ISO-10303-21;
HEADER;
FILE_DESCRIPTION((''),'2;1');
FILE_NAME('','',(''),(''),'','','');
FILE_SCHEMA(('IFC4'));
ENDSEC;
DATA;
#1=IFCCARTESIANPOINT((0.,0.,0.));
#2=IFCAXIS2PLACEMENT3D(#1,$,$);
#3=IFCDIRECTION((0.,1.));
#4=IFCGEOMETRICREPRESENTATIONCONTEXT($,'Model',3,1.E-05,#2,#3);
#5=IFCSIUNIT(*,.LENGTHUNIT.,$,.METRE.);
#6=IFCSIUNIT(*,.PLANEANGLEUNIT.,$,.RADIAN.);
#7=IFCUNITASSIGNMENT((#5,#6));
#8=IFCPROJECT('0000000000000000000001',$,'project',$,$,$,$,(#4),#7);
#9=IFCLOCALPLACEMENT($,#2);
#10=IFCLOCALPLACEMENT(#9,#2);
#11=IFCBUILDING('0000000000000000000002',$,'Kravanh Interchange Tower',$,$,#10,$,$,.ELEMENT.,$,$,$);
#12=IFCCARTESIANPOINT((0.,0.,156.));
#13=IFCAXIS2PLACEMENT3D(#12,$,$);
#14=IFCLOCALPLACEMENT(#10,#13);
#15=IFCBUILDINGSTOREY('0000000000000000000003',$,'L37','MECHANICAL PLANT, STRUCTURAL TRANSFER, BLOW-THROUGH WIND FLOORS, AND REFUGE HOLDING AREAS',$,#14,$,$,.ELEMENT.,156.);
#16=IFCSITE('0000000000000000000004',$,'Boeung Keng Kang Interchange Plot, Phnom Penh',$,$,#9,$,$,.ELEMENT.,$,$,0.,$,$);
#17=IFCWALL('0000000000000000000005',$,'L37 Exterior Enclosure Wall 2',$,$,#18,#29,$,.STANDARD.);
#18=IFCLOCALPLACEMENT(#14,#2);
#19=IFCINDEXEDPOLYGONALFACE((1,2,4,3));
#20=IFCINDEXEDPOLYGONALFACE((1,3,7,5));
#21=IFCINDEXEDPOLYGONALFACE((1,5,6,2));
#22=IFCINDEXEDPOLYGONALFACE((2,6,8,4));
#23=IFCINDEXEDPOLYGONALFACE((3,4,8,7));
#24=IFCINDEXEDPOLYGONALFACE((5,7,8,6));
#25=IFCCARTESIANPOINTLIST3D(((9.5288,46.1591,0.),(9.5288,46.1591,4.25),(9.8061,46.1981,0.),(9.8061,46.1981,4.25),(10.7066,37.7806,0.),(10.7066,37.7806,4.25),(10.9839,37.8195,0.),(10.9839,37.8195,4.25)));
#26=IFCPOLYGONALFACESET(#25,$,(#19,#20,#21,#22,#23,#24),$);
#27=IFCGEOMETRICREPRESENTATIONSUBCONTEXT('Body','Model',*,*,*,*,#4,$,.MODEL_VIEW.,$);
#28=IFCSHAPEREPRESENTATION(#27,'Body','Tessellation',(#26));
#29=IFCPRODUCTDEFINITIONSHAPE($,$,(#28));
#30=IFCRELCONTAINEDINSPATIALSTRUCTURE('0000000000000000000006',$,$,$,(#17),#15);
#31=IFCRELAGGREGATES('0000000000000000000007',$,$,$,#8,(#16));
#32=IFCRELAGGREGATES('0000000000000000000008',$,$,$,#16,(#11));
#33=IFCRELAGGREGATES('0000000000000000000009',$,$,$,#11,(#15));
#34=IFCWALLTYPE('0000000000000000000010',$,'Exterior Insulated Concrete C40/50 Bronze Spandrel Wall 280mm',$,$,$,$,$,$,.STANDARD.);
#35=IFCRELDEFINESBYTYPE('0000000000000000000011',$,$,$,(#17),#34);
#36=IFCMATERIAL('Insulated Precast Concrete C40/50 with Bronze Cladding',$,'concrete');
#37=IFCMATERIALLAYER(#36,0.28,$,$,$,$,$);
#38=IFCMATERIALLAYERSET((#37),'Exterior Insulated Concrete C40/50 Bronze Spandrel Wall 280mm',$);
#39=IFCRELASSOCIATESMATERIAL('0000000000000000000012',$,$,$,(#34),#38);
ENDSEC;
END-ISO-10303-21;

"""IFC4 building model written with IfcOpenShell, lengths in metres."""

from ifc_helpers import new_model, si_unit, direction, frame, frame_2d, origin, place, context, subcontext, project, spatial, rectangle, extrude, material, layer, layer_set, type_object, element, save


model = new_model("IFC4")

# Units and contexts
model_context = context("Model", 3, precision=1e-05, world=origin(), true_north=direction((0.0, 1.0)))
body_context = subcontext(model_context, "Body", "Model", "MODEL_VIEW")
ifc_project = project(units=[si_unit("LENGTHUNIT", "METRE"), si_unit("PLANEANGLEUNIT", "RADIAN")], contexts=[model_context])

# Site, building, storey
site_placement = place(None, origin())
site = spatial("IfcSite", under=ifc_project, at=site_placement, Name="Boeung Keng Kang Interchange Plot, Phnom Penh", CompositionType="ELEMENT", RefElevation=0.0)
building_placement = place(site_placement, origin())
building = spatial("IfcBuilding", under=site, at=building_placement, Name="Kravanh Interchange Tower", CompositionType="ELEMENT")
storey_placement = place(building_placement, frame((0.0, 0.0, 156.0)))
storey = spatial("IfcBuildingStorey", under=building, at=storey_placement, Name="L37", Description="MECHANICAL PLANT, STRUCTURAL TRANSFER, BLOW-THROUGH WIND FLOORS, AND REFUGE HOLDING AREAS", CompositionType="ELEMENT", Elevation=156.0)

# Wall
ifc_material_1 = material(Name="Insulated Precast Concrete C40/50 with Bronze Cladding", Category="concrete")
ifc_layer_1 = layer(ifc_material_1, 0.28)
ifc_layer_set_1 = layer_set([ifc_layer_1], Name="Exterior Insulated Concrete C40/50 Bronze Spandrel Wall 280mm")
wall_type_1 = type_object("IfcWallType", Name="Exterior Insulated Concrete C40/50 Bronze Spandrel Wall 280mm", PredefinedType="STANDARD", material=ifc_layer_set_1)
wall_1_placement = place(storey_placement, frame((10.8452, 37.8, 0.0), z_axis=(0.0, 0.0, 1.0), x_axis=(-0.139195, 0.990265, 0.0)))
element("IfcWall", 1, at=wall_1_placement, inside=storey, type_object=wall_type_1, Name="L37 Exterior Enclosure Wall 2", PredefinedType="STANDARD", context=body_context, shape_type="SweptSolid", body=[
    extrude(rectangle(XDim=8.4609, YDim=0.28, at=frame_2d((4.2305, 0.0))), origin(), (0.0, 0.0, 1.0), 4.25),
])

save(model, "model.ifc")
